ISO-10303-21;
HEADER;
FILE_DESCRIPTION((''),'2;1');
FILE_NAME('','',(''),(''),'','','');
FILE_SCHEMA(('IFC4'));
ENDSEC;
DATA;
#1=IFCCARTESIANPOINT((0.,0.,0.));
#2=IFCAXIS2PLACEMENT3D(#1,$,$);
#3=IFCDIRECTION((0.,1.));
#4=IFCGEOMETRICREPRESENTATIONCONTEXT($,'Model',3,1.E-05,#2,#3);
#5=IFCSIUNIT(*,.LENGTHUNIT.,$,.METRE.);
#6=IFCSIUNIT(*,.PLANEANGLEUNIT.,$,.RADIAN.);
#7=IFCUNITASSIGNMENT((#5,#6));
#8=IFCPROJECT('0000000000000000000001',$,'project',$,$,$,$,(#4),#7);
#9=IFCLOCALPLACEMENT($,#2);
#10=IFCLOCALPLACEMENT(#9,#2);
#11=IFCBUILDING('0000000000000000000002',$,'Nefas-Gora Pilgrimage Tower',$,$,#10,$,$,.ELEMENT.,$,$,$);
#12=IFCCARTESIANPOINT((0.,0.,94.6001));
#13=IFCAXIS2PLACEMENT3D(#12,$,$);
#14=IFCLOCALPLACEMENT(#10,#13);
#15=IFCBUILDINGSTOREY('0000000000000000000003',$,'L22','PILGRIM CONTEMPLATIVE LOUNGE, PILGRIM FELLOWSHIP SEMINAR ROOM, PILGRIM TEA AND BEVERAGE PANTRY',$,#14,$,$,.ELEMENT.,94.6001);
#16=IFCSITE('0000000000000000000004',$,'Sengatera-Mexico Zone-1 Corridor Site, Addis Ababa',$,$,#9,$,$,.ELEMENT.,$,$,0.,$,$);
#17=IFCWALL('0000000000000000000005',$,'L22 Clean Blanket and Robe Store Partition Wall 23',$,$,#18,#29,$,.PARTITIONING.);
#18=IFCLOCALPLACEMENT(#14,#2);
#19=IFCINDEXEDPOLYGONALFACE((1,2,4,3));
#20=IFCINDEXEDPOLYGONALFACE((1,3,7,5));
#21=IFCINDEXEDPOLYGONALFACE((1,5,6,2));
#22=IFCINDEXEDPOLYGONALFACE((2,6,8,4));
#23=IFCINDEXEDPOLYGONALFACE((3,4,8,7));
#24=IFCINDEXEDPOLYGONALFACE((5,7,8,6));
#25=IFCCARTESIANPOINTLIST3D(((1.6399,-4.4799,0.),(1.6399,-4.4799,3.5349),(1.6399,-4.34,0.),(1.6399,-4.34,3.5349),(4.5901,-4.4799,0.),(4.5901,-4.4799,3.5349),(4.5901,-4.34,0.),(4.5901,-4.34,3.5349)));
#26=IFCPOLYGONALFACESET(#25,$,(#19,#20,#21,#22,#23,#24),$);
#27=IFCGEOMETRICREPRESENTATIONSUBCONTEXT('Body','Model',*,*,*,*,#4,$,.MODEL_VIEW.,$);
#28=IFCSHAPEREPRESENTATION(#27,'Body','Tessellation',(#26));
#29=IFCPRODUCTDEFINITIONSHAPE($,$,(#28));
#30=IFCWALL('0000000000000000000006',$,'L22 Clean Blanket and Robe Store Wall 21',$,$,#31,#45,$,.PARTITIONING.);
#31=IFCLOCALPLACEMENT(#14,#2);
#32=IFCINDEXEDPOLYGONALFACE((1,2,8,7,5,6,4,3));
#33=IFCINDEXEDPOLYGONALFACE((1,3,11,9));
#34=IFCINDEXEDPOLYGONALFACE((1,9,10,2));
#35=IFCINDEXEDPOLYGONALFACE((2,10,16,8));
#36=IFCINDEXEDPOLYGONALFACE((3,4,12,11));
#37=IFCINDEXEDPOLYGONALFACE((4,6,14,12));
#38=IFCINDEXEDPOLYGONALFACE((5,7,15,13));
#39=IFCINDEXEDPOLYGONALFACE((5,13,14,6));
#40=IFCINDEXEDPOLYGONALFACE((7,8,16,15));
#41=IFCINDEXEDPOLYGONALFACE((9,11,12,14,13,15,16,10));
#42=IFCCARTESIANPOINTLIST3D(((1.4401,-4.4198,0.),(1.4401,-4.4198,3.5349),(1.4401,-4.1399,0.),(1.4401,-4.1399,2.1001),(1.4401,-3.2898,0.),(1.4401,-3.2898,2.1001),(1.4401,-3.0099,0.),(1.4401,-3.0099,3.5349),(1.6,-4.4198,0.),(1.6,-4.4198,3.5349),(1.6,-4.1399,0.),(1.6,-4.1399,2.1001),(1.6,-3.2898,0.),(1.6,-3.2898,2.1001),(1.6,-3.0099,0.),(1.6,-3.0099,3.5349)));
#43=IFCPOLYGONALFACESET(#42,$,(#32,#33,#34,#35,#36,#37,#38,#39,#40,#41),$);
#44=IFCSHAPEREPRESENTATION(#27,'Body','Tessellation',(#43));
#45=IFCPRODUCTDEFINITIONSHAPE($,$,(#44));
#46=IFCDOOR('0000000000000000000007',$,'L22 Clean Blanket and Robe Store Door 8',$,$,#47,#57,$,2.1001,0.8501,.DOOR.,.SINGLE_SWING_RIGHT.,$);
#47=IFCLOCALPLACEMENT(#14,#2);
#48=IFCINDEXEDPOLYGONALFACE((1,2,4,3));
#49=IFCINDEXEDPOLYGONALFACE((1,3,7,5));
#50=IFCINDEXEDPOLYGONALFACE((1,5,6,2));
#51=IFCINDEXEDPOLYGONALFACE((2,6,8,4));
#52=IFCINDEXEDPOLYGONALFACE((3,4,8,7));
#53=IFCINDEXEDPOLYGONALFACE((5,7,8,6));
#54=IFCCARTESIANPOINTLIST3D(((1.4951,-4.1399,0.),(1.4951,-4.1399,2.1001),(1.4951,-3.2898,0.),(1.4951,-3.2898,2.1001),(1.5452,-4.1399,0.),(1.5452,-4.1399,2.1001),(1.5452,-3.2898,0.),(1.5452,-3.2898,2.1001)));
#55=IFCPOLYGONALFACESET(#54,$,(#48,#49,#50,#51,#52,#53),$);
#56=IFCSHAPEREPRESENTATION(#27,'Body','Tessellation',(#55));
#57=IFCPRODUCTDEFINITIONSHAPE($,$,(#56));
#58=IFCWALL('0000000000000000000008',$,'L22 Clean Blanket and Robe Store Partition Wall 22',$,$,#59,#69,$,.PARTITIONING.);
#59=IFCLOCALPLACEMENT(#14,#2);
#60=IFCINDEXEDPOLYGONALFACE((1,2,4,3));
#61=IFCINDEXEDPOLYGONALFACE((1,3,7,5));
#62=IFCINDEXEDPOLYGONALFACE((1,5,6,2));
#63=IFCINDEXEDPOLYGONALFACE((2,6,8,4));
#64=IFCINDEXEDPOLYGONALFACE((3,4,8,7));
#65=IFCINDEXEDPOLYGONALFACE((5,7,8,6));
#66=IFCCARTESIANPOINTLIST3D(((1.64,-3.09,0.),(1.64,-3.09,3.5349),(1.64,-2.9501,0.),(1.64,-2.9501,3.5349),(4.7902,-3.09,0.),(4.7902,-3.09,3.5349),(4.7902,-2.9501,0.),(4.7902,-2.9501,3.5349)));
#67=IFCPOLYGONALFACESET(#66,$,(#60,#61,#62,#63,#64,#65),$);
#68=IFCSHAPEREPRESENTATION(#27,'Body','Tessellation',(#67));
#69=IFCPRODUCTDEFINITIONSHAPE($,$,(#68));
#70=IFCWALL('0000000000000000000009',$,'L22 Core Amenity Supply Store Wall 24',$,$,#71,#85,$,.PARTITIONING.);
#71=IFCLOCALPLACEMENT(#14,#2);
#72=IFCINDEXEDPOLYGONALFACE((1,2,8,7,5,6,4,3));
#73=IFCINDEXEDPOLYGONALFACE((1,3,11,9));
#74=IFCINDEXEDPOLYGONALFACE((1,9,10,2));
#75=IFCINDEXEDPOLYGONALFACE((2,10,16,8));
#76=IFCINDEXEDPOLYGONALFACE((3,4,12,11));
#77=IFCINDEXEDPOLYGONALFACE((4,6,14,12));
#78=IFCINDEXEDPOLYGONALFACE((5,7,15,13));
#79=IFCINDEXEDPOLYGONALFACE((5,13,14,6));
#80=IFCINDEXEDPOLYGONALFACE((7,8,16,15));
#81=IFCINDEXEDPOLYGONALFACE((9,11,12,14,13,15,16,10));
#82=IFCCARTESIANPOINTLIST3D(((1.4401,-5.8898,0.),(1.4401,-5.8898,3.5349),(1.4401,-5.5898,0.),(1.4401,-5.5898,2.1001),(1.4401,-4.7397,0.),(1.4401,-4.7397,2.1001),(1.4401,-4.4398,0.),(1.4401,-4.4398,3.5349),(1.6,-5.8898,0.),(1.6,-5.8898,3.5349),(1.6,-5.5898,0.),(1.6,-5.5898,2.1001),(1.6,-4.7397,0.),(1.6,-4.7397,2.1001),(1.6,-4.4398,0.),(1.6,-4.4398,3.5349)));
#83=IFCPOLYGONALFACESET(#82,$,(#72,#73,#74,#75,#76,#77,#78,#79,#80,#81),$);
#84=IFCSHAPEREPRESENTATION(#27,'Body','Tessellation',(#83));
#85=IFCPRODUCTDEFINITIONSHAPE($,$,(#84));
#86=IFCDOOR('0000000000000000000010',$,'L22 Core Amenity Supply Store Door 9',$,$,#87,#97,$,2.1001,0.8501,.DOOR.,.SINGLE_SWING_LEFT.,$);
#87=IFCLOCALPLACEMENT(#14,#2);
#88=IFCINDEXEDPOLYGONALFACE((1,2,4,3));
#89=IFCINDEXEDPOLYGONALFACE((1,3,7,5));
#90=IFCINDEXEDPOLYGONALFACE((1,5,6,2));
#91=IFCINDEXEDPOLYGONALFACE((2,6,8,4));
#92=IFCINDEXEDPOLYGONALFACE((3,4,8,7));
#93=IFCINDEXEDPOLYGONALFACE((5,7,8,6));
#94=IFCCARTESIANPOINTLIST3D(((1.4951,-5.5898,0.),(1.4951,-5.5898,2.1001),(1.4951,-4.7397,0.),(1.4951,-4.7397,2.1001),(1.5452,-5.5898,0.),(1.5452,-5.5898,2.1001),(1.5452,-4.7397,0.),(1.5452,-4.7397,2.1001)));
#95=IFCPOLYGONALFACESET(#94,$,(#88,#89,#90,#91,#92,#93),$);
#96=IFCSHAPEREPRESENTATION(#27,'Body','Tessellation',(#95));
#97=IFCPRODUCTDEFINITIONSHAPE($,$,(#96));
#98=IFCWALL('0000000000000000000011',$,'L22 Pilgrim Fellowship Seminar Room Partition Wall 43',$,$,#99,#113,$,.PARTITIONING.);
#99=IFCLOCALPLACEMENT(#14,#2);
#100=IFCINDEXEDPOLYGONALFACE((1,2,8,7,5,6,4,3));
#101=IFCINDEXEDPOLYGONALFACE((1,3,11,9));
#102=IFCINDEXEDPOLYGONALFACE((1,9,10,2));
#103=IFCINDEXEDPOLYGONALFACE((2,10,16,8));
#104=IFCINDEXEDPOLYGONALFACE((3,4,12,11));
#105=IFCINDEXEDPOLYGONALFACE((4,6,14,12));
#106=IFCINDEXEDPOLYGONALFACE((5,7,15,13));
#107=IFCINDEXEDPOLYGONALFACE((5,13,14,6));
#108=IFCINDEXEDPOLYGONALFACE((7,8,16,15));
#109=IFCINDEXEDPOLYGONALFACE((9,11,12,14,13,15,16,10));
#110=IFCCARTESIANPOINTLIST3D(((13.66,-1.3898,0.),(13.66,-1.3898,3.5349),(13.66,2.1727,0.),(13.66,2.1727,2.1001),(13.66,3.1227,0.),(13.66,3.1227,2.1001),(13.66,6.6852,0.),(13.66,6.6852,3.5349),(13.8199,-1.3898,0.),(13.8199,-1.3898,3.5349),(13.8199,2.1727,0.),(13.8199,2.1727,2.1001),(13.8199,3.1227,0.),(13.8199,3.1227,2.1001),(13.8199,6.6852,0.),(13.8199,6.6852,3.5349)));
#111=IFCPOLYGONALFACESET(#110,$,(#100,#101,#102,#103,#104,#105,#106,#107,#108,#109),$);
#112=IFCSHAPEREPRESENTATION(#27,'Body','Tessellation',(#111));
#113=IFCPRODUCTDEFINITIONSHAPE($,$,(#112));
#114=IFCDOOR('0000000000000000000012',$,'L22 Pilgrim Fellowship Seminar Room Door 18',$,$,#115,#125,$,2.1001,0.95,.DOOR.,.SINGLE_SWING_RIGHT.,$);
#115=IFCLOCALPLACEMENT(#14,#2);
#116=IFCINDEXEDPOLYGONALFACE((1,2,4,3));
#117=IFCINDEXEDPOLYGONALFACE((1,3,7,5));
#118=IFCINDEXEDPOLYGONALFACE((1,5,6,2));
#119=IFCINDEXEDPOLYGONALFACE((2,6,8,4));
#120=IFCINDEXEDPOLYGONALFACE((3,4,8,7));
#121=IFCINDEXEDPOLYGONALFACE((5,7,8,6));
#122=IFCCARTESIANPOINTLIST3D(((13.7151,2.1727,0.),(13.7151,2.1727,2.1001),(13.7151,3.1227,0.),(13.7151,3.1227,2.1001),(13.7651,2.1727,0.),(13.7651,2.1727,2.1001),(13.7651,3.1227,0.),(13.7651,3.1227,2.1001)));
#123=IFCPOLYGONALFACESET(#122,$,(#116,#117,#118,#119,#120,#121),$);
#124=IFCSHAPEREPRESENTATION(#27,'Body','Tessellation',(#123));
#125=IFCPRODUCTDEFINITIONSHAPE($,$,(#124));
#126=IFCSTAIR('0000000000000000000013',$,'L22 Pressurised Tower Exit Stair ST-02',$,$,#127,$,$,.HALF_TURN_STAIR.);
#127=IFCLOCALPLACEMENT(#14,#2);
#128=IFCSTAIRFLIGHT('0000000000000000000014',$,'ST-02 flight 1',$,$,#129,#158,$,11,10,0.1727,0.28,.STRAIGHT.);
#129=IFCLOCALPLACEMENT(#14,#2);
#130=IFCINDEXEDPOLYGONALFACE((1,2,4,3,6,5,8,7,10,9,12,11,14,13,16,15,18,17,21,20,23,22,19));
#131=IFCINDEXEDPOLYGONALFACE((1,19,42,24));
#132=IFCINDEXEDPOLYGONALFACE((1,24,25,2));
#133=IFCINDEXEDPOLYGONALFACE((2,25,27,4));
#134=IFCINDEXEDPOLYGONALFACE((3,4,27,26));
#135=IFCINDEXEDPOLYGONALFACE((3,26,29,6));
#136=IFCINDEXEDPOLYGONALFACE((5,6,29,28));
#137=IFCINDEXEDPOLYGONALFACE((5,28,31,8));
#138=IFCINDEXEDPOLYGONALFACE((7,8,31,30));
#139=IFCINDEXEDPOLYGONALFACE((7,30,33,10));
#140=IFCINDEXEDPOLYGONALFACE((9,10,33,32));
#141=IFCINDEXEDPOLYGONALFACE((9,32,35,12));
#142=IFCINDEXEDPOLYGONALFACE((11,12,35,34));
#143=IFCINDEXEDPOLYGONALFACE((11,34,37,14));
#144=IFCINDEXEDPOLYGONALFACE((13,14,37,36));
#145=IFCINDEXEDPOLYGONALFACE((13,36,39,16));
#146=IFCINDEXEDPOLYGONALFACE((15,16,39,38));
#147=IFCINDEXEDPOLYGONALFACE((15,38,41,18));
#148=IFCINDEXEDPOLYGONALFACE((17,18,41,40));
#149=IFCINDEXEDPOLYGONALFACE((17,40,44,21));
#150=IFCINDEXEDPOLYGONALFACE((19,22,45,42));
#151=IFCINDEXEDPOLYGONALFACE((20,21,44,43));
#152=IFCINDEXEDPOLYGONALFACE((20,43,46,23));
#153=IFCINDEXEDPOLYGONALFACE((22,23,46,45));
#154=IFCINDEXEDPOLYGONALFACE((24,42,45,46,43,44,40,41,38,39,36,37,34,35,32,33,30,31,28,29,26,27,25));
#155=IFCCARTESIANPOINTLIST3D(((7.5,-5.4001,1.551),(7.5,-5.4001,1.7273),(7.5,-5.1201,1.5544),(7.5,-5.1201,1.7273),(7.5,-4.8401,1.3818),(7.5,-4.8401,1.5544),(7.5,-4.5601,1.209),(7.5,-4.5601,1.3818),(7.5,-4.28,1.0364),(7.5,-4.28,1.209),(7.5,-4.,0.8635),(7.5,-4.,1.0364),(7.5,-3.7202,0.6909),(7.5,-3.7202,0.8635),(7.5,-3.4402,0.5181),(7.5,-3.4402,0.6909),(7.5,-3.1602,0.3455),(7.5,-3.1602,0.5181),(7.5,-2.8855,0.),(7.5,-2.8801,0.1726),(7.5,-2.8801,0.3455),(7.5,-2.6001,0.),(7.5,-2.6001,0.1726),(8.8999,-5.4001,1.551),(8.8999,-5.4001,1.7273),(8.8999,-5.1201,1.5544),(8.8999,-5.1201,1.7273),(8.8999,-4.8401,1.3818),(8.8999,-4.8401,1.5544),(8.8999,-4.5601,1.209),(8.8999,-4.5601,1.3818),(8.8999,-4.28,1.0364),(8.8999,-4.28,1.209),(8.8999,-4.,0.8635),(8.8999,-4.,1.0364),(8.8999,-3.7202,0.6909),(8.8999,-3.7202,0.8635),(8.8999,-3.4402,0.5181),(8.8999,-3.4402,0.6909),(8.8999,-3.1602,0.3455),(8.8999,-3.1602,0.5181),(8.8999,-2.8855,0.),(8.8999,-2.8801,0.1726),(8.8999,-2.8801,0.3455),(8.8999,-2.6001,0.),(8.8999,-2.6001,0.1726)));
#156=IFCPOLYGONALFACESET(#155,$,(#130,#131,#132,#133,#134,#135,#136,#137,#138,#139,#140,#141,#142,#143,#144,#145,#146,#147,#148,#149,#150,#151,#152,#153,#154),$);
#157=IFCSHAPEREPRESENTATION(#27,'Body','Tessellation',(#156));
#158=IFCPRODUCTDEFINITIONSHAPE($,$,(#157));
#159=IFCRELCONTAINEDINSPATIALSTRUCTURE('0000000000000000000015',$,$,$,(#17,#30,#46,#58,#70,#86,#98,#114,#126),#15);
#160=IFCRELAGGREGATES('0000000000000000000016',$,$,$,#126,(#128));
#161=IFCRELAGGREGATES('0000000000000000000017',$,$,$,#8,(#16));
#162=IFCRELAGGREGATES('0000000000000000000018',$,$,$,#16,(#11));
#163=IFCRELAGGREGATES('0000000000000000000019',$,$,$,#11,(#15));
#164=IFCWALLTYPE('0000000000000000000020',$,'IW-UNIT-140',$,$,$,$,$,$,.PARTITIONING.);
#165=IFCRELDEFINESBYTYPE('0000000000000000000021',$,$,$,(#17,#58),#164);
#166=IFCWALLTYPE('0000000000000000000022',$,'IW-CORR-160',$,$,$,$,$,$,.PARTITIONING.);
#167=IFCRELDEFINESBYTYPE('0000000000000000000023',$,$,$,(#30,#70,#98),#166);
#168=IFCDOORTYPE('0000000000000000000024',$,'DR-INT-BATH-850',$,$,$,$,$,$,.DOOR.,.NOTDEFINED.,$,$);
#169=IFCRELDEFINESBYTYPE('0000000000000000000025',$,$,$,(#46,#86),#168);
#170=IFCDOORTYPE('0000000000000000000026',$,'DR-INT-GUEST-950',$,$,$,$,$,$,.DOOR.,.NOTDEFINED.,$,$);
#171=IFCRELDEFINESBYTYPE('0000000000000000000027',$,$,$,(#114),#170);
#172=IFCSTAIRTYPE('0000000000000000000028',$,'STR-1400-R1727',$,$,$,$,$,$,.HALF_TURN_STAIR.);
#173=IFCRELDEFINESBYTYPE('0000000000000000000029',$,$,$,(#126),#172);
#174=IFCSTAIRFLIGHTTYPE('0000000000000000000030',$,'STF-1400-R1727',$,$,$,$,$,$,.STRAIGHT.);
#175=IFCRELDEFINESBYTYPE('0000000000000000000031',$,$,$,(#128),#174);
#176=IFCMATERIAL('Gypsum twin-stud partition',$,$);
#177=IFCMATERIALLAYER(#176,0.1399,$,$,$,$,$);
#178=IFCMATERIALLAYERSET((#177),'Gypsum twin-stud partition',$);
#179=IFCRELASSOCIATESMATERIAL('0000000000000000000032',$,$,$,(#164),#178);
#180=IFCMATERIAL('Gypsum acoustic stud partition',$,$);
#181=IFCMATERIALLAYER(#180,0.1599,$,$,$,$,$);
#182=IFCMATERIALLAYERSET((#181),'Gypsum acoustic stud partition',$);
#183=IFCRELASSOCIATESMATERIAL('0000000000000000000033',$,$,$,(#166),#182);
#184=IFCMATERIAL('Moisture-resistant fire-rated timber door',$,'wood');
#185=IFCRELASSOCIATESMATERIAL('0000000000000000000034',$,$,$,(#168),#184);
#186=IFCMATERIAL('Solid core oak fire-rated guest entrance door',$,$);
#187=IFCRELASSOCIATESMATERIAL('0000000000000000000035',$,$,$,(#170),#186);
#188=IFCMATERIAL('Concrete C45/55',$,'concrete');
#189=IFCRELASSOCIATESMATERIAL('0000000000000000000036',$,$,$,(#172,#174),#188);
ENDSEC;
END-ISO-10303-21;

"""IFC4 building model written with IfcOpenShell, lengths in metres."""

from ifc_helpers import new_model, si_unit, direction, frame, frame_2d, origin, place, context, subcontext, project, spatial, polyline, rectangle, outline, extrude, source, transform, mapped, material, layer, layer_set, type_object, element, fill, aggregate, save


model = new_model("IFC4")

# Units and contexts
model_context = context("Model", 3, precision=1e-05, world=origin(), true_north=direction((0.0, 1.0)))
body_context = subcontext(model_context, "Body", "Model", "MODEL_VIEW")
ifc_project = project(units=[si_unit("LENGTHUNIT", "METRE"), si_unit("PLANEANGLEUNIT", "RADIAN")], contexts=[model_context])

# Site, building, storey
site_placement = place(None, origin())
site = spatial("IfcSite", under=ifc_project, at=site_placement, Name="Sengatera-Mexico Zone-1 Corridor Site, Addis Ababa", CompositionType="ELEMENT", RefElevation=0.0)
building_placement = place(site_placement, origin())
building = spatial("IfcBuilding", under=site, at=building_placement, Name="Nefas-Gora Pilgrimage Tower", CompositionType="ELEMENT")
storey_placement = place(building_placement, frame((0.0, 0.0, 94.6001)))
storey = spatial("IfcBuildingStorey", under=building, at=storey_placement, Name="L22", Description="PILGRIM CONTEMPLATIVE LOUNGE, PILGRIM FELLOWSHIP SEMINAR ROOM, PILGRIM TEA AND BEVERAGE PANTRY", CompositionType="ELEMENT", Elevation=94.6001)

# Shared definitions
ifc_material_1 = material(Name="Concrete C45/55", Category="concrete")

# Wall
ifc_material_2 = material(Name="Gypsum twin-stud partition")
ifc_layer_1 = layer(ifc_material_2, 0.1399)
ifc_layer_set_1 = layer_set([ifc_layer_1], Name="Gypsum twin-stud partition")
wall_type_1 = type_object("IfcWallType", Name="IW-UNIT-140", PredefinedType="PARTITIONING", material=ifc_layer_set_1)
ifc_material_3 = material(Name="Gypsum acoustic stud partition")
ifc_layer_2 = layer(ifc_material_3, 0.1599)
ifc_layer_set_2 = layer_set([ifc_layer_2], Name="Gypsum acoustic stud partition")
wall_type_2 = type_object("IfcWallType", Name="IW-CORR-160", PredefinedType="PARTITIONING", material=ifc_layer_set_2)
shared_shape_1 = source(origin(), body_context, "Body", "SweptSolid", [
    extrude(rectangle(XDim=2.9502, YDim=0.1399, at=frame_2d((1.4751, 0.0))), origin(), (0.0, 0.0, 1.0), 3.5349),
])
wall_1_placement = place(storey_placement, frame((1.6399, -4.4099, 0.0), z_axis=(0.0, 0.0, 1.0), x_axis=(1.0, 0.0, 0.0)))
element("IfcWall", 1, at=wall_1_placement, inside=storey, type_object=wall_type_1, Name="L22 Clean Blanket and Robe Store Partition Wall 23", PredefinedType="PARTITIONING", context=body_context, shape_type="MappedRepresentation", body=[
    mapped(shared_shape_1, transform((0.0, 0.0, 0.0), x_axis=(1.0, 0.0, 0.0), y_axis=(0.0, 1.0, 0.0), z_axis=(0.0, 0.0, 1.0), scale=1.0)),
])

# Wall, opening, door
shared_shape_2 = source(origin(), body_context, "Body", "SweptSolid", [
    extrude(rectangle(XDim=1.4099, YDim=0.1599, at=frame_2d((0.7051, 0.0))), origin(), (0.0, 0.0, 1.0), 3.5349),
])
wall_2_placement = place(storey_placement, frame((1.52, -4.4199, 0.0), z_axis=(0.0, 0.0, 1.0), x_axis=(0.0, 1.0, 0.0)))
wall_2 = element("IfcWall", 2, at=wall_2_placement, inside=storey, type_object=wall_type_2, Name="L22 Clean Blanket and Robe Store Wall 21", PredefinedType="PARTITIONING", context=body_context, shape_type="MappedRepresentation", body=[
    mapped(shared_shape_2, transform((0.0, 0.0, 0.0), x_axis=(1.0, 0.0, 0.0), y_axis=(0.0, 1.0, 0.0), z_axis=(0.0, 0.0, 1.0), scale=1.0)),
])
opening_1_placement = place(wall_2_placement, frame((0.28, 0.0, 0.0)))
opening_1 = element("IfcOpeningElement", 3, at=opening_1_placement, cuts=wall_2, PredefinedType="OPENING", context=body_context, shape_type="SweptSolid", body=[
    extrude(rectangle(XDim=0.8501, YDim=2.1001, at=frame_2d((0.425, 1.05))), frame((0.0, 0.0898, 0.0), z_axis=(0.0, -1.0, 0.0), x_axis=(1.0, 0.0, 0.0)), (0.0, 0.0, 1.0), 0.1799),
])
ifc_material_4 = material(Name="Moisture-resistant fire-rated timber door", Category="wood")
door_type_1 = type_object("IfcDoorType", Name="DR-INT-BATH-850", OperationType="NOTDEFINED", PredefinedType="DOOR", material=ifc_material_4)
shared_shape_3 = source(origin(), body_context, "Body", "SweptSolid", [
    extrude(rectangle(XDim=0.8501, YDim=2.1001, at=frame_2d((0.425, 1.05))), frame((0.0, 0.0249, 0.0), z_axis=(0.0, -1.0, 0.0), x_axis=(1.0, 0.0, 0.0)), (0.0, 0.0, 1.0), 0.05),
])
door_1_placement = place(opening_1_placement, origin())
door_1 = element("IfcDoor", 4, at=door_1_placement, inside=storey, type_object=door_type_1, Name="L22 Clean Blanket and Robe Store Door 8", OperationType="SINGLE_SWING_RIGHT", OverallHeight=2.1001, OverallWidth=0.8501, PredefinedType="DOOR", context=body_context, shape_type="MappedRepresentation", body=[
    mapped(shared_shape_3, transform((0.0, 0.0, 0.0), x_axis=(1.0, 0.0, 0.0), y_axis=(0.0, 1.0, 0.0), z_axis=(0.0, 0.0, 1.0), scale=1.0)),
])
fill(opening_1, door_1)

# Wall
shared_shape_4 = source(origin(), body_context, "Body", "SweptSolid", [
    extrude(rectangle(XDim=3.1501, YDim=0.1399, at=frame_2d((1.5752, 0.0))), origin(), (0.0, 0.0, 1.0), 3.5349),
])
wall_3_placement = place(storey_placement, frame((1.6399, -3.02, 0.0), z_axis=(0.0, 0.0, 1.0), x_axis=(1.0, 0.0, 0.0)))
element("IfcWall", 5, at=wall_3_placement, inside=storey, type_object=wall_type_1, Name="L22 Clean Blanket and Robe Store Partition Wall 22", PredefinedType="PARTITIONING", context=body_context, shape_type="MappedRepresentation", body=[
    mapped(shared_shape_4, transform((0.0, 0.0, 0.0), x_axis=(1.0, 0.0, 0.0), y_axis=(0.0, 1.0, 0.0), z_axis=(0.0, 0.0, 1.0), scale=1.0)),
])

# Walls, openings, doors
shared_shape_5 = source(origin(), body_context, "Body", "SweptSolid", [
    extrude(rectangle(XDim=1.45, YDim=0.1599, at=frame_2d((0.7251, 0.0))), origin(), (0.0, 0.0, 1.0), 3.5349),
])
wall_4_placement = place(storey_placement, frame((1.52, -5.8899, 0.0), z_axis=(0.0, 0.0, 1.0), x_axis=(0.0, 1.0, 0.0)))
wall_4 = element("IfcWall", 6, at=wall_4_placement, inside=storey, type_object=wall_type_2, Name="L22 Core Amenity Supply Store Wall 24", PredefinedType="PARTITIONING", context=body_context, shape_type="MappedRepresentation", body=[
    mapped(shared_shape_5, transform((0.0, 0.0, 0.0), x_axis=(1.0, 0.0, 0.0), y_axis=(0.0, 1.0, 0.0), z_axis=(0.0, 0.0, 1.0), scale=1.0)),
])
opening_2_placement = place(wall_4_placement, frame((0.3, 0.0, 0.0)))
opening_2 = element("IfcOpeningElement", 7, at=opening_2_placement, cuts=wall_4, PredefinedType="OPENING", context=body_context, shape_type="SweptSolid", body=[
    extrude(rectangle(XDim=0.8501, YDim=2.1001, at=frame_2d((0.425, 1.05))), frame((0.0, 0.0898, 0.0), z_axis=(0.0, -1.0, 0.0), x_axis=(1.0, 0.0, 0.0)), (0.0, 0.0, 1.0), 0.1799),
])
door_2_placement = place(opening_2_placement, origin())
door_2 = element("IfcDoor", 8, at=door_2_placement, inside=storey, type_object=door_type_1, Name="L22 Core Amenity Supply Store Door 9", OperationType="SINGLE_SWING_LEFT", OverallHeight=2.1001, OverallWidth=0.8501, PredefinedType="DOOR", context=body_context, shape_type="MappedRepresentation", body=[
    mapped(shared_shape_3, transform((0.0, 0.0, 0.0), x_axis=(1.0, 0.0, 0.0), y_axis=(0.0, 1.0, 0.0), z_axis=(0.0, 0.0, 1.0), scale=1.0)),
])
fill(opening_2, door_2)
shared_shape_6 = source(origin(), body_context, "Body", "SweptSolid", [
    extrude(rectangle(XDim=8.075, YDim=0.1599, at=frame_2d((4.0376, 0.0))), origin(), (0.0, 0.0, 1.0), 3.5349),
])
wall_5_placement = place(storey_placement, frame((13.74, -1.3899, 0.0), z_axis=(0.0, 0.0, 1.0), x_axis=(0.0, 1.0, 0.0)))
wall_5 = element("IfcWall", 9, at=wall_5_placement, inside=storey, type_object=wall_type_2, Name="L22 Pilgrim Fellowship Seminar Room Partition Wall 43", PredefinedType="PARTITIONING", context=body_context, shape_type="MappedRepresentation", body=[
    mapped(shared_shape_6, transform((0.0, 0.0, 0.0), x_axis=(1.0, 0.0, 0.0), y_axis=(0.0, 1.0, 0.0), z_axis=(0.0, 0.0, 1.0), scale=1.0)),
])
opening_3_placement = place(wall_5_placement, frame((3.5625, 0.0, 0.0)))
opening_3 = element("IfcOpeningElement", 10, at=opening_3_placement, cuts=wall_5, PredefinedType="OPENING", context=body_context, shape_type="SweptSolid", body=[
    extrude(rectangle(XDim=0.95, YDim=2.1001, at=frame_2d((0.4751, 1.05))), frame((0.0, 0.0898, 0.0), z_axis=(0.0, -1.0, 0.0), x_axis=(1.0, 0.0, 0.0)), (0.0, 0.0, 1.0), 0.1799),
])
ifc_material_5 = material(Name="Solid core oak fire-rated guest entrance door")
door_type_2 = type_object("IfcDoorType", Name="DR-INT-GUEST-950", OperationType="NOTDEFINED", PredefinedType="DOOR", material=ifc_material_5)
shared_shape_7 = source(origin(), body_context, "Body", "SweptSolid", [
    extrude(rectangle(XDim=0.95, YDim=2.1001, at=frame_2d((0.4751, 1.05))), frame((0.0, 0.0249, 0.0), z_axis=(0.0, -1.0, 0.0), x_axis=(1.0, 0.0, 0.0)), (0.0, 0.0, 1.0), 0.05),
])
door_3_placement = place(opening_3_placement, origin())
door_3 = element("IfcDoor", 11, at=door_3_placement, inside=storey, type_object=door_type_2, Name="L22 Pilgrim Fellowship Seminar Room Door 18", OperationType="SINGLE_SWING_RIGHT", OverallHeight=2.1001, OverallWidth=0.95, PredefinedType="DOOR", context=body_context, shape_type="MappedRepresentation", body=[
    mapped(shared_shape_7, transform((0.0, 0.0, 0.0), x_axis=(1.0, 0.0, 0.0), y_axis=(0.0, 1.0, 0.0), z_axis=(0.0, 0.0, 1.0), scale=1.0)),
])
fill(opening_3, door_3)

# Stair, stair flight
stair_type = type_object("IfcStairType", Name="STR-1400-R1727", PredefinedType="HALF_TURN_STAIR", material=ifc_material_1)
stair_placement = place(storey_placement, origin())
stair = element("IfcStair", 12, at=stair_placement, inside=storey, type_object=stair_type, Name="L22 Pressurised Tower Exit Stair ST-02", PredefinedType="HALF_TURN_STAIR")
stair_flight_type = type_object("IfcStairFlightType", Name="STF-1400-R1727", PredefinedType="STRAIGHT", material=ifc_material_1)
shared_shape_8 = source(origin(), body_context, "Body", "SweptSolid", [
    extrude(outline(polyline([(0.0, 0.0), (0.0, 0.1726), (0.28, 0.1726), (0.28, 0.3455), (0.5601, 0.3455), (0.5601, 0.5181), (0.8401, 0.5181), (0.8401, 0.6909), (1.1201, 0.6909), (1.1201, 0.8635), (1.3999, 0.8635), (1.3999, 1.0364), (1.6799, 1.0364), (1.6799, 1.209), (1.96, 1.209), (1.96, 1.3818), (2.24, 1.3818), (2.24, 1.5544), (2.52, 1.5544), (2.52, 1.7273), (2.8, 1.7273), (2.8, 1.8999), (2.8, 1.551), (0.2854, 0.0), (0.0, 0.0)])), frame((0.0, 0.7, 0.0), z_axis=(0.0, -1.0, 0.0), x_axis=(1.0, 0.0, 0.0)), (0.0, 0.0, 1.0), 1.3999),
])
stair_flight_1_placement = place(storey_placement, frame((8.2, -2.6001, 0.0), z_axis=(0.0, 0.0, 1.0), x_axis=(0.0, -1.0, 0.0)))
stair_flight_1 = element("IfcStairFlight", 13, at=stair_flight_1_placement, type_object=stair_flight_type, Name="ST-02 flight 1", NumberOfRisers=11, NumberOfTreads=10, PredefinedType="STRAIGHT", RiserHeight=0.1727, TreadLength=0.28, context=body_context, shape_type="MappedRepresentation", body=[
    mapped(shared_shape_8, transform((0.0, 0.0, 0.0), x_axis=(1.0, 0.0, 0.0), y_axis=(0.0, 1.0, 0.0), z_axis=(0.0, 0.0, 1.0), scale=1.0)),
])
aggregate(stair, [stair_flight_1])

save(model, "model.ifc")
